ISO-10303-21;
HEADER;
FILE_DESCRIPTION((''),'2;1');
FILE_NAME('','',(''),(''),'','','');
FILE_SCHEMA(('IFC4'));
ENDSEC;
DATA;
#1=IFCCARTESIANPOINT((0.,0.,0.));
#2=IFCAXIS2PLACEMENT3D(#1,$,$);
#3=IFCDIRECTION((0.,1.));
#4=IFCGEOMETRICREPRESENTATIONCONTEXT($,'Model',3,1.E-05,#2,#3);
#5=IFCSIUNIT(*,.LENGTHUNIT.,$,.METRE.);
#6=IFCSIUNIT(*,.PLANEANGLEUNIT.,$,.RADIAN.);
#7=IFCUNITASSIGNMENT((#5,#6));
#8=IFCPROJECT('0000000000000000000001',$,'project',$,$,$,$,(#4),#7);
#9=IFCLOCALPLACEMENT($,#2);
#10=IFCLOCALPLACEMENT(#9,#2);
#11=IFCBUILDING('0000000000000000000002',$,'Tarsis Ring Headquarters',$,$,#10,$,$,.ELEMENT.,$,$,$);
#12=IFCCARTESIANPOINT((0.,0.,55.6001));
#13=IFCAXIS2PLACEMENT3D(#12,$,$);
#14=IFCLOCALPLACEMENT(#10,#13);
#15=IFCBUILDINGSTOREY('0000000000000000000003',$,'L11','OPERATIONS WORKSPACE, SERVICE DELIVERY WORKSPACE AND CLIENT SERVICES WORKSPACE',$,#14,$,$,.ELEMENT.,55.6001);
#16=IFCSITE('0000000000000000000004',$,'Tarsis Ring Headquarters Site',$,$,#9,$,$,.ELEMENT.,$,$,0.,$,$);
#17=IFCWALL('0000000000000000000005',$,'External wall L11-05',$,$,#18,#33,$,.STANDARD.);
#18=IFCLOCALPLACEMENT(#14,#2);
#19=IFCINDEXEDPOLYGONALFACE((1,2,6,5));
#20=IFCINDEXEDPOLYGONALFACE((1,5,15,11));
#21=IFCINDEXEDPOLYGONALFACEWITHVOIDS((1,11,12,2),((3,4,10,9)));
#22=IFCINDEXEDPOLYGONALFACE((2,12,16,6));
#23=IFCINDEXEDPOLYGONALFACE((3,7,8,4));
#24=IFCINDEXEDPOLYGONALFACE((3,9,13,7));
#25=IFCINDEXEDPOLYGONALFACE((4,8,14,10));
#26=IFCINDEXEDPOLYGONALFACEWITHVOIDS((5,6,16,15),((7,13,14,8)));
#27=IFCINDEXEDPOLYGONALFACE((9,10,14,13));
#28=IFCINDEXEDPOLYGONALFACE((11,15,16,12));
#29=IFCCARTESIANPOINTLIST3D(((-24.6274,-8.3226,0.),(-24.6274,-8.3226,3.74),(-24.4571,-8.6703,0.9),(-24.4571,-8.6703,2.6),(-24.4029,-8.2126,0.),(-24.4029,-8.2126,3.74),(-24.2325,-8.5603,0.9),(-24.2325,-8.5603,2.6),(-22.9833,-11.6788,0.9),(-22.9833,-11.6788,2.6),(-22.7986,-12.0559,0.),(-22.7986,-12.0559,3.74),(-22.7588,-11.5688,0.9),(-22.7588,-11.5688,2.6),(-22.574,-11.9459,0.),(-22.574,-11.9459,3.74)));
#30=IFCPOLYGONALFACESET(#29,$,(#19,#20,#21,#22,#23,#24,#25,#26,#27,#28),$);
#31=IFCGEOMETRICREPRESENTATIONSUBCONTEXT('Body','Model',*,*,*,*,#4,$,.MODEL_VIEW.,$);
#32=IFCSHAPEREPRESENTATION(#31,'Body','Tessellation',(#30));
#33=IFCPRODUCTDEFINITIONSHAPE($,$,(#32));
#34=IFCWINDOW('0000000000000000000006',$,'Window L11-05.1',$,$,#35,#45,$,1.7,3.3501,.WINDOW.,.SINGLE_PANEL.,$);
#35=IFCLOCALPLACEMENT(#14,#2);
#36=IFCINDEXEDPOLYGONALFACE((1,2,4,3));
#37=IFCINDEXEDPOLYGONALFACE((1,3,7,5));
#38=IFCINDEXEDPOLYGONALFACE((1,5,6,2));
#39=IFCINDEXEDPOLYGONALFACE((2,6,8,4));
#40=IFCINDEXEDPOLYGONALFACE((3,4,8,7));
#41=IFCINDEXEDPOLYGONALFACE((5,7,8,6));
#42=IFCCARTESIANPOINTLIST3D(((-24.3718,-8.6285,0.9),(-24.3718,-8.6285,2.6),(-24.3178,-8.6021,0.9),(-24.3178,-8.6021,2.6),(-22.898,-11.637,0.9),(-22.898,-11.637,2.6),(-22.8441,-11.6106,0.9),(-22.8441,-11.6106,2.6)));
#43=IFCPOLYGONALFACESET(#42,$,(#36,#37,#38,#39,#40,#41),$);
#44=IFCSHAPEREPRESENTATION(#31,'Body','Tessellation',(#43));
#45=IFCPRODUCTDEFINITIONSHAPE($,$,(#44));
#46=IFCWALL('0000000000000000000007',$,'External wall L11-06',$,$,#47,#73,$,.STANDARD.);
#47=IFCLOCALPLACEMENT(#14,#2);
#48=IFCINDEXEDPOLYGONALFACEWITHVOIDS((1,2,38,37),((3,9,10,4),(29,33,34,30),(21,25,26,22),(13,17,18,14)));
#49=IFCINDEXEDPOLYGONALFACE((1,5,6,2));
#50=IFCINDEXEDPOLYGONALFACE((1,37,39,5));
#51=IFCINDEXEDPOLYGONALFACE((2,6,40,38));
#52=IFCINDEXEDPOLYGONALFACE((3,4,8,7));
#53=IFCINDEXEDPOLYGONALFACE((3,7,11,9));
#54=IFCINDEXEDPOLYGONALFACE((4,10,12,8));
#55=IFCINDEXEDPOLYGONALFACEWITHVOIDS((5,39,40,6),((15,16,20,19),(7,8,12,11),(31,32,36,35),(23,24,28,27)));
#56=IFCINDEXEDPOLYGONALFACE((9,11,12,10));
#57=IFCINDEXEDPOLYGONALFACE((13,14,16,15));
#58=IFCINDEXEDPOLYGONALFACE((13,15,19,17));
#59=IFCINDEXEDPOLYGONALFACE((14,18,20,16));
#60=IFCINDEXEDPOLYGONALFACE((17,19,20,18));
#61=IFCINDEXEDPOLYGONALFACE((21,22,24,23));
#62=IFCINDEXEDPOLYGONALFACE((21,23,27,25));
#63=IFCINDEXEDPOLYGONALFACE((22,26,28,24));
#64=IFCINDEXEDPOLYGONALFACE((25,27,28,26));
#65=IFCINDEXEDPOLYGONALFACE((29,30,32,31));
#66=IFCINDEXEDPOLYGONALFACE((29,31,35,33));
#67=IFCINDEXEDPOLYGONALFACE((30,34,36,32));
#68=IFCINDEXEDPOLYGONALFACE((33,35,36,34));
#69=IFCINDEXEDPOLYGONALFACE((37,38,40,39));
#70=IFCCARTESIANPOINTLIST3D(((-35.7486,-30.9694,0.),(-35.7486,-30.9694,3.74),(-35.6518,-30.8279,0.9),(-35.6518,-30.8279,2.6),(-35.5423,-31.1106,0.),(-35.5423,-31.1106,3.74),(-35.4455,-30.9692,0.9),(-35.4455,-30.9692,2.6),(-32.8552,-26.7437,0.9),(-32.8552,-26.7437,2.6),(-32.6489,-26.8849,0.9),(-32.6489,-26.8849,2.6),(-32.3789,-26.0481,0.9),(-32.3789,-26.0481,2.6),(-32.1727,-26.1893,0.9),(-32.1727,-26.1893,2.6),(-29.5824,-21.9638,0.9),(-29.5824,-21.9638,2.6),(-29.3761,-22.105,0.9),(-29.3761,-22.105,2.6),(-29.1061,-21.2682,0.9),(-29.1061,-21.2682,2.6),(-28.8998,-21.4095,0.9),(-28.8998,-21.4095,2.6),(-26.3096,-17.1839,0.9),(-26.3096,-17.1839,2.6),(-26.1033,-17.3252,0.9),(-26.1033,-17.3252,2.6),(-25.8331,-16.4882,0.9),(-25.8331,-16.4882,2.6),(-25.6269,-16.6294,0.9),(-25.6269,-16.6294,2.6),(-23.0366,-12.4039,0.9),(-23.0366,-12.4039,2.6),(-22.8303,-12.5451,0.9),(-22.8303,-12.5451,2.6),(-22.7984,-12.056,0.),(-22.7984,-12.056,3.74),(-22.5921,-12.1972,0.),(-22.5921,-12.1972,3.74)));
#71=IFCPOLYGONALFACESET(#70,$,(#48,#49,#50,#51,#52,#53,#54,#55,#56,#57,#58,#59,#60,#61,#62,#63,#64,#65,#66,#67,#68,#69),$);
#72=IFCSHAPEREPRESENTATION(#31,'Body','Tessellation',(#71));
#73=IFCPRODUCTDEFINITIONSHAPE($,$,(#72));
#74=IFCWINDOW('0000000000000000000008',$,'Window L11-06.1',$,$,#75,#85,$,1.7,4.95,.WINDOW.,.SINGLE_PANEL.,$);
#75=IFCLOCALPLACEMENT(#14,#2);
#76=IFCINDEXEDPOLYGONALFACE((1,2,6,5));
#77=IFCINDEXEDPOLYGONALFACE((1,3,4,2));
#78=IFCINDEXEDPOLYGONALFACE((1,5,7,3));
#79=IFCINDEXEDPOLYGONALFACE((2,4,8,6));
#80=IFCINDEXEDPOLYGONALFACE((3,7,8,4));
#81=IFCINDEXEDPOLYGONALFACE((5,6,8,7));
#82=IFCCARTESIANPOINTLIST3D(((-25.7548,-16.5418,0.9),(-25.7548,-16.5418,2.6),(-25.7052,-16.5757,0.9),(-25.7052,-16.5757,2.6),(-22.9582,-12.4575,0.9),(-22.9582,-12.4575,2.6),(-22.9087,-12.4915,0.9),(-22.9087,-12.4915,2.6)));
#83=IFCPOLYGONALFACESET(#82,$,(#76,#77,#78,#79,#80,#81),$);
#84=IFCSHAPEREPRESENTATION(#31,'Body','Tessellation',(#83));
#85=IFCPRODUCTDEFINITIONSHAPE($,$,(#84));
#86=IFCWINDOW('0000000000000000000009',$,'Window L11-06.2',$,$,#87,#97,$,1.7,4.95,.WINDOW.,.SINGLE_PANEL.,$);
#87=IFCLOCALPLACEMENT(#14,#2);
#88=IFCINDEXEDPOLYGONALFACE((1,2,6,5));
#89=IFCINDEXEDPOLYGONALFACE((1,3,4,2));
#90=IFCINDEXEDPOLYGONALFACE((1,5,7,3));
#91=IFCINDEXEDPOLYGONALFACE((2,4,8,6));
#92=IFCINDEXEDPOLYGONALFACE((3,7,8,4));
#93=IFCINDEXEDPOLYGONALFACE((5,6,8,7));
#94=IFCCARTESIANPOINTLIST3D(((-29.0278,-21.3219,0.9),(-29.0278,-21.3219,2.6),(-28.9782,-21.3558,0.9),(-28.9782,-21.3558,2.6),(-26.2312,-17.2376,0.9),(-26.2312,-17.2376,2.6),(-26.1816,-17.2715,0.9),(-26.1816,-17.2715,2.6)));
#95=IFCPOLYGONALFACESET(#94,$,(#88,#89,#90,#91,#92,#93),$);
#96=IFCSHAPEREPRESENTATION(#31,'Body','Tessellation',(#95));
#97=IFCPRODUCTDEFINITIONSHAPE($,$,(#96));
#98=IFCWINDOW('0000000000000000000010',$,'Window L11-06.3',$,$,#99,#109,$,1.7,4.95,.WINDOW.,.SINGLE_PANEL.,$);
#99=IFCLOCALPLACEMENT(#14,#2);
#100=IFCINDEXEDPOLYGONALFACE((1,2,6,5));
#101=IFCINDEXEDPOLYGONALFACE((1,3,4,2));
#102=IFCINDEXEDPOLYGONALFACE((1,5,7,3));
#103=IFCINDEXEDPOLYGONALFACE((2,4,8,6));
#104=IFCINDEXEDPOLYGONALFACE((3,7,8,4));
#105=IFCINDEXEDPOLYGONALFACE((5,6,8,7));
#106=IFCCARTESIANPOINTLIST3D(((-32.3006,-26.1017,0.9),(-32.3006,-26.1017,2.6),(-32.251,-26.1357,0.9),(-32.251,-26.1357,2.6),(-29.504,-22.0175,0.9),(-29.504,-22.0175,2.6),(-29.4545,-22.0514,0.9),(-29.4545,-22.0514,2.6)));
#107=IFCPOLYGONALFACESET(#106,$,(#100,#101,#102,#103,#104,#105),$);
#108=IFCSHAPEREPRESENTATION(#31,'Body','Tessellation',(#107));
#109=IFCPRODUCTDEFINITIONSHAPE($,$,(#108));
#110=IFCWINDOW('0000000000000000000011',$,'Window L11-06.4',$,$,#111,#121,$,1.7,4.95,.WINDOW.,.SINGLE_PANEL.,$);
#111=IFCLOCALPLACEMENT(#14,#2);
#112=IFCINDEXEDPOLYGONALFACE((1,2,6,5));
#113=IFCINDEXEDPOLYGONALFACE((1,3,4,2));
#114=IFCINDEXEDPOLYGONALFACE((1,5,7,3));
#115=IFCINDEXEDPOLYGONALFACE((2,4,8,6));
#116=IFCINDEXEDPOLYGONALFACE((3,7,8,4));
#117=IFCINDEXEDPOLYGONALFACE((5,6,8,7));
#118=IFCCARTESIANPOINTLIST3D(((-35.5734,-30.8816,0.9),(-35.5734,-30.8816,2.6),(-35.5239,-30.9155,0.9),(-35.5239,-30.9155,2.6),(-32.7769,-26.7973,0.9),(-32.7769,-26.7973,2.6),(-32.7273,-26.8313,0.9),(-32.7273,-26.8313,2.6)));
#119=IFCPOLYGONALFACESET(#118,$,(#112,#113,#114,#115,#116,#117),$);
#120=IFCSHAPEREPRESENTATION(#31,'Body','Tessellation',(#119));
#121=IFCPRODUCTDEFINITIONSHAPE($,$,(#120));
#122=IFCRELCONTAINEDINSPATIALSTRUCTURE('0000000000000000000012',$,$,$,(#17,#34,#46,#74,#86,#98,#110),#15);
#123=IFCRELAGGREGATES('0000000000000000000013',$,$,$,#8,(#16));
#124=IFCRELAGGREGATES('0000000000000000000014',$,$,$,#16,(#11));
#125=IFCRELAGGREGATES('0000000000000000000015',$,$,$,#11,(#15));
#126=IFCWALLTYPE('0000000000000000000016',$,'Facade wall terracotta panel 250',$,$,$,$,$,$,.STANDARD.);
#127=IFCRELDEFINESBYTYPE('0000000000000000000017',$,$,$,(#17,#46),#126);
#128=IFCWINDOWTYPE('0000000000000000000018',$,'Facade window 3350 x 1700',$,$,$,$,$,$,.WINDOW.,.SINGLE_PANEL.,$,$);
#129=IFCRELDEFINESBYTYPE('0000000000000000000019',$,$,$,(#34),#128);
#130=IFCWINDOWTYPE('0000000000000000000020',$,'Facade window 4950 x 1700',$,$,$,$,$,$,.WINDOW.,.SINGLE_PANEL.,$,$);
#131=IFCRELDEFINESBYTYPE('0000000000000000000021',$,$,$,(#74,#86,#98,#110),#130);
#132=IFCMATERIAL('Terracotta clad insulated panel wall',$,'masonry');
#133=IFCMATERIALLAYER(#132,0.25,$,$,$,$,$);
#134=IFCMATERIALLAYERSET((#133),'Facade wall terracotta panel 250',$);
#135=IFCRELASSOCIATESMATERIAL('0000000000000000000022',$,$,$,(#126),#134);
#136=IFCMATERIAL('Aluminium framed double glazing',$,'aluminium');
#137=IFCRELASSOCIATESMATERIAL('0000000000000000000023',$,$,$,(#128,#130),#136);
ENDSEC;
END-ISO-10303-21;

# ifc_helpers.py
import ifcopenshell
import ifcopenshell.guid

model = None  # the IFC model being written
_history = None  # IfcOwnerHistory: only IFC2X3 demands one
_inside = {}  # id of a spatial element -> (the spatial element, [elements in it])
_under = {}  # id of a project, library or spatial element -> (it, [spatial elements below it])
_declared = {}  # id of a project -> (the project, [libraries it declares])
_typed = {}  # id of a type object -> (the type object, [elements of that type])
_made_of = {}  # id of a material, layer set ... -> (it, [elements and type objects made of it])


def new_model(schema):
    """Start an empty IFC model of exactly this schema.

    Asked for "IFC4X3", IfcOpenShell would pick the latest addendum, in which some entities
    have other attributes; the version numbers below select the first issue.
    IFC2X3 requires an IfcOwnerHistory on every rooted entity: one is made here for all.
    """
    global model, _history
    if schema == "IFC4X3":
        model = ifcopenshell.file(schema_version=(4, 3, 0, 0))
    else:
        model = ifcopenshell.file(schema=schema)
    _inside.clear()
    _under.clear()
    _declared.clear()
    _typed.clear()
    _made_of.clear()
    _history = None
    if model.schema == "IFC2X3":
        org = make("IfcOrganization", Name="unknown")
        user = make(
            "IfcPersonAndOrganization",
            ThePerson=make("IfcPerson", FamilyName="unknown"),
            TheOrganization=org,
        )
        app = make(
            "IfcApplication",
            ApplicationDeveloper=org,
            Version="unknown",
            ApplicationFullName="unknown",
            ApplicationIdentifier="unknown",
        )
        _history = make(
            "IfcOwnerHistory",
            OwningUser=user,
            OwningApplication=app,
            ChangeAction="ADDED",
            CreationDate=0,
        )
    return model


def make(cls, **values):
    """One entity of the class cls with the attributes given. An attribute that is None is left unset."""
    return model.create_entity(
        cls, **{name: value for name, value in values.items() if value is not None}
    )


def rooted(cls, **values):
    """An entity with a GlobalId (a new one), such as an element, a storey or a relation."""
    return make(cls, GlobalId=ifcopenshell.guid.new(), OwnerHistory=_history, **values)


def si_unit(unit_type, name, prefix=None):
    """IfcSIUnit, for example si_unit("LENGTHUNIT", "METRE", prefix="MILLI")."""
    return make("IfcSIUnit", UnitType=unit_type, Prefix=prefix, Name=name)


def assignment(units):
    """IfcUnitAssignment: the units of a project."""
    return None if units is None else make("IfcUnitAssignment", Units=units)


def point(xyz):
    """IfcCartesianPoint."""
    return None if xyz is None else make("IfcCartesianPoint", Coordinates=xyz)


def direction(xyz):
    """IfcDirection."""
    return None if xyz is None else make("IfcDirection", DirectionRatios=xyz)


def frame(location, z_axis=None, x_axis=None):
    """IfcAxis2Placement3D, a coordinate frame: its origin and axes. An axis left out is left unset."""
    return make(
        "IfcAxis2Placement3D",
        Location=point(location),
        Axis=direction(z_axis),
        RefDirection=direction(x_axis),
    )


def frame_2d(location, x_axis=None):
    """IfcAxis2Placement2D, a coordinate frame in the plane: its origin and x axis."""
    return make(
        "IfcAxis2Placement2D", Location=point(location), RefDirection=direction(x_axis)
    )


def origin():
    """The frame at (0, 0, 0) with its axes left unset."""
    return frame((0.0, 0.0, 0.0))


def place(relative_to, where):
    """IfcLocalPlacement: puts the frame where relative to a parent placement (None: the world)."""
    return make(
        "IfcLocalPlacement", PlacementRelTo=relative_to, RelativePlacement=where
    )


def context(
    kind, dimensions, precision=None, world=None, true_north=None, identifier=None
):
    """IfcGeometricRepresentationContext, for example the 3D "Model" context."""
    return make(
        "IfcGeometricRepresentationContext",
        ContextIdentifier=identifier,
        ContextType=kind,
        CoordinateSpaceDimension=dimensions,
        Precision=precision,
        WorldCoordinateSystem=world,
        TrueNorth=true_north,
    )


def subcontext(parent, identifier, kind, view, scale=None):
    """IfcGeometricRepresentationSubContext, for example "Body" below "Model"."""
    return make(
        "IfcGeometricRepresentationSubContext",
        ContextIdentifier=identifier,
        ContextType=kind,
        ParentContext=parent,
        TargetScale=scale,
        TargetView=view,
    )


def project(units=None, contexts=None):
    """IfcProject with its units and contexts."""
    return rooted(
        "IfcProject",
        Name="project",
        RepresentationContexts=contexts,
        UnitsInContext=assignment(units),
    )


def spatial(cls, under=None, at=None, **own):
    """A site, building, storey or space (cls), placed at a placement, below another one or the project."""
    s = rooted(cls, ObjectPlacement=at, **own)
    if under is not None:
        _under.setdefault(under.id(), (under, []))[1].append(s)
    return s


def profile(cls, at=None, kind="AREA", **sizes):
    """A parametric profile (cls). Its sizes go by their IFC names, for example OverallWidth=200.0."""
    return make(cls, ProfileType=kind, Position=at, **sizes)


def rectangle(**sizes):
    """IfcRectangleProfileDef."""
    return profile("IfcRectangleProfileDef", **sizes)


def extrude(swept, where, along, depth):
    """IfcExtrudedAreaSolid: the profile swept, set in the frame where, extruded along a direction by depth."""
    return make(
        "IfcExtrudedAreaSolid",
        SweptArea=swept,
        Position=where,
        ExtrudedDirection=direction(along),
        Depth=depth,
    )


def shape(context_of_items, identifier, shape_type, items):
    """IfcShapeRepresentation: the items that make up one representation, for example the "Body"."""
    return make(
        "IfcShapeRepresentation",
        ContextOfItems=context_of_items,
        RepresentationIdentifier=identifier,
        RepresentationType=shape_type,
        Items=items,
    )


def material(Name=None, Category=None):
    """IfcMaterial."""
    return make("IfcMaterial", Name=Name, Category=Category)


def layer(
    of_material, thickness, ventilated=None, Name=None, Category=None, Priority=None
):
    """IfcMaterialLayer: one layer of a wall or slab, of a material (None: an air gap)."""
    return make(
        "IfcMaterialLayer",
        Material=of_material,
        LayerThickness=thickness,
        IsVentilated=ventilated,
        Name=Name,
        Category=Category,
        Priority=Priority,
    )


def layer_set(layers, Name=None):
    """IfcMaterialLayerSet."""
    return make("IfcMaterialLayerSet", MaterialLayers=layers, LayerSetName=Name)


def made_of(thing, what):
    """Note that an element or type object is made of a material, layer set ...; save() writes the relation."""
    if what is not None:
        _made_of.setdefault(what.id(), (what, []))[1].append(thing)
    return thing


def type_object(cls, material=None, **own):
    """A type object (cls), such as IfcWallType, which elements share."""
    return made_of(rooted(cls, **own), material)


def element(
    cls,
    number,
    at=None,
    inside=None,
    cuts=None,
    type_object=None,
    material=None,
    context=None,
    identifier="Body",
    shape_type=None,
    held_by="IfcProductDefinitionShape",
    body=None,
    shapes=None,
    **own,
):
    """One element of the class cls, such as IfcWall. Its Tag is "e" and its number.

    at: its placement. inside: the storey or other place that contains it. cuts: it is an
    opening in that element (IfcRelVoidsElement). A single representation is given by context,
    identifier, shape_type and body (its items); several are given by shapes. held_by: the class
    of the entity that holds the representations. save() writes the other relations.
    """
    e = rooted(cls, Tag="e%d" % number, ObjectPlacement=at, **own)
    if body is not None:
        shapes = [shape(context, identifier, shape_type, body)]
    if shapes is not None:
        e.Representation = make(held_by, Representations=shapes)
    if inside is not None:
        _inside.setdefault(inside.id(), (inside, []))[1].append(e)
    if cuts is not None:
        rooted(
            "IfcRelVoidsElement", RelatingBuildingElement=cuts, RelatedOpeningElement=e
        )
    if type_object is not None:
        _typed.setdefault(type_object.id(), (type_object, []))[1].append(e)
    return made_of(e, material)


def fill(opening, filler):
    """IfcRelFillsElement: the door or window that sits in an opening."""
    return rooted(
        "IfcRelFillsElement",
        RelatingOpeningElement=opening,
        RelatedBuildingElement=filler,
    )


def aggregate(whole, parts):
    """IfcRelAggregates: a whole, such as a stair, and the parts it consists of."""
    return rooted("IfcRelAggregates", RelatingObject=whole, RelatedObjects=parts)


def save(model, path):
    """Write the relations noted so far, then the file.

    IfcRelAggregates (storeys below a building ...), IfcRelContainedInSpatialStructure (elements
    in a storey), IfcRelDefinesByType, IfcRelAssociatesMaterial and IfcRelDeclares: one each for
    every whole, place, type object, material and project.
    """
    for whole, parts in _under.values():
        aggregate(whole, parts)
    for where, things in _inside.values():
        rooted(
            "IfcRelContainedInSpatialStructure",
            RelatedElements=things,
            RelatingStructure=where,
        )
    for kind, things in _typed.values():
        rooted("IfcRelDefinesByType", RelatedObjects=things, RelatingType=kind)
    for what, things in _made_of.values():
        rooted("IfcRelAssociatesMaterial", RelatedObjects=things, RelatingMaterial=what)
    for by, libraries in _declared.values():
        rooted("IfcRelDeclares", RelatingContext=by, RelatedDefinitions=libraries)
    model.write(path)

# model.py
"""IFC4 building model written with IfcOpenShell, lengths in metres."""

from ifc_helpers import new_model, si_unit, direction, frame, frame_2d, origin, place, context, subcontext, project, spatial, rectangle, extrude, material, layer, layer_set, type_object, element, fill, save


model = new_model("IFC4")

# Units and contexts
model_context = context("Model", 3, precision=1e-05, world=origin(), true_north=direction((0.0, 1.0)))
body_context = subcontext(model_context, "Body", "Model", "MODEL_VIEW")
ifc_project = project(units=[si_unit("LENGTHUNIT", "METRE"), si_unit("PLANEANGLEUNIT", "RADIAN")], contexts=[model_context])

# Site, building, storey
site_placement = place(None, origin())
site = spatial("IfcSite", under=ifc_project, at=site_placement, Name="Tarsis Ring Headquarters Site", CompositionType="ELEMENT", RefElevation=0.0)
building_placement = place(site_placement, origin())
building = spatial("IfcBuilding", under=site, at=building_placement, Name="Tarsis Ring Headquarters", CompositionType="ELEMENT")
storey_placement = place(building_placement, frame((0.0, 0.0, 55.6001)))
storey = spatial("IfcBuildingStorey", under=building, at=storey_placement, Name="L11", Description="OPERATIONS WORKSPACE, SERVICE DELIVERY WORKSPACE AND CLIENT SERVICES WORKSPACE", CompositionType="ELEMENT", Elevation=55.6001)

# Wall, opening, window
ifc_material_1 = material(Name="Terracotta clad insulated panel wall", Category="masonry")
ifc_layer_1 = layer(ifc_material_1, 0.25)
ifc_layer_set_1 = layer_set([ifc_layer_1], Name="Facade wall terracotta panel 250")
wall_type_1 = type_object("IfcWallType", Name="Facade wall terracotta panel 250", PredefinedType="STANDARD", material=ifc_layer_set_1)
ifc_material_2 = material(Name="Aluminium framed double glazing", Category="aluminium")
wall_1_placement = place(storey_placement, frame((-24.5151, -8.2676, 0.0), z_axis=(0.0, 0.0, 1.0), x_axis=(0.439917, -0.898039, 0.0)))
wall_1 = element("IfcWall", 1, at=wall_1_placement, inside=storey, type_object=wall_type_1, Name="External wall L11-05", PredefinedType="STANDARD", context=body_context, shape_type="SweptSolid", body=[
    extrude(rectangle(XDim=4.1572, YDim=0.25, at=frame_2d((2.0786, 0.0))), origin(), (0.0, 0.0, 1.0), 3.74),
])
opening_1_placement = place(wall_1_placement, frame((0.3872, 0.0, 0.8999)))
opening_1 = element("IfcOpeningElement", 2, at=opening_1_placement, cuts=wall_1, PredefinedType="OPENING", context=body_context, shape_type="SweptSolid", body=[
    extrude(rectangle(XDim=3.3501, YDim=1.7, at=frame_2d((1.675, 0.8501))), frame((0.0, 0.135, 0.0), z_axis=(0.0, -1.0, 0.0), x_axis=(1.0, 0.0, 0.0)), (0.0, 0.0, 1.0), 0.27),
])
window_type_1 = type_object("IfcWindowType", Name="Facade window 3350 x 1700", PartitioningType="SINGLE_PANEL", PredefinedType="WINDOW", material=ifc_material_2)
window_1_placement = place(opening_1_placement, origin())
window_1 = element("IfcWindow", 3, at=window_1_placement, inside=storey, type_object=window_type_1, Name="Window L11-05.1", OverallHeight=1.7, OverallWidth=3.3501, PartitioningType="SINGLE_PANEL", PredefinedType="WINDOW", context=body_context, shape_type="SweptSolid", body=[
    extrude(rectangle(XDim=3.3501, YDim=1.7, at=frame_2d((1.675, 0.8501))), frame((0.0, 0.03, 0.0), z_axis=(0.0, -1.0, 0.0), x_axis=(1.0, 0.0, 0.0)), (0.0, 0.0, 1.0), 0.0601),
])
fill(opening_1, window_1)

# Wall, openings, windows
wall_2_placement = place(storey_placement, frame((-22.6953, -12.1267, 0.0), z_axis=(0.0, 0.0, 1.0), x_axis=(-0.564966, -0.825114, 0.0)))
wall_2 = element("IfcWall", 4, at=wall_2_placement, inside=storey, type_object=wall_type_1, Name="External wall L11-06", PredefinedType="STANDARD", context=body_context, shape_type="SweptSolid", body=[
    extrude(rectangle(XDim=22.9221, YDim=0.25, at=frame_2d((11.4609, 0.0))), origin(), (0.0, 0.0, 1.0), 3.74),
])
opening_2_placement = place(wall_2_placement, frame((0.4214, 0.0, 0.8999)))
opening_2 = element("IfcOpeningElement", 5, at=opening_2_placement, cuts=wall_2, PredefinedType="OPENING", context=body_context, shape_type="SweptSolid", body=[
    extrude(rectangle(XDim=4.95, YDim=1.7, at=frame_2d((2.4751, 0.8501))), frame((0.0, 0.135, 0.0), z_axis=(0.0, -1.0, 0.0), x_axis=(1.0, 0.0, 0.0)), (0.0, 0.0, 1.0), 0.27),
])
opening_3_placement = place(wall_2_placement, frame((6.2146, 0.0, 0.8999)))
opening_3 = element("IfcOpeningElement", 6, at=opening_3_placement, cuts=wall_2, PredefinedType="OPENING", context=body_context, shape_type="SweptSolid", body=[
    extrude(rectangle(XDim=4.95, YDim=1.7, at=frame_2d((2.4751, 0.8501))), frame((0.0, 0.135, 0.0), z_axis=(0.0, -1.0, 0.0), x_axis=(1.0, 0.0, 0.0)), (0.0, 0.0, 1.0), 0.27),
])
opening_4_placement = place(wall_2_placement, frame((12.0076, 0.0, 0.8999)))
opening_4 = element("IfcOpeningElement", 7, at=opening_4_placement, cuts=wall_2, PredefinedType="OPENING", context=body_context, shape_type="SweptSolid", body=[
    extrude(rectangle(XDim=4.95, YDim=1.7, at=frame_2d((2.4751, 0.8501))), frame((0.0, 0.135, 0.0), z_axis=(0.0, -1.0, 0.0), x_axis=(1.0, 0.0, 0.0)), (0.0, 0.0, 1.0), 0.27),
])
opening_5_placement = place(wall_2_placement, frame((17.8005, 0.0, 0.8999)))
opening_5 = element("IfcOpeningElement", 8, at=opening_5_placement, cuts=wall_2, PredefinedType="OPENING", context=body_context, shape_type="SweptSolid", body=[
    extrude(rectangle(XDim=4.95, YDim=1.7, at=frame_2d((2.4751, 0.8501))), frame((0.0, 0.135, 0.0), z_axis=(0.0, -1.0, 0.0), x_axis=(1.0, 0.0, 0.0)), (0.0, 0.0, 1.0), 0.27),
])
window_type_2 = type_object("IfcWindowType", Name="Facade window 4950 x 1700", PartitioningType="SINGLE_PANEL", PredefinedType="WINDOW", material=ifc_material_2)
window_2_placement = place(opening_2_placement, origin())
window_2 = element("IfcWindow", 9, at=window_2_placement, inside=storey, type_object=window_type_2, Name="Window L11-06.1", OverallHeight=1.7, OverallWidth=4.95, PartitioningType="SINGLE_PANEL", PredefinedType="WINDOW", context=body_context, shape_type="SweptSolid", body=[
    extrude(rectangle(XDim=4.95, YDim=1.7, at=frame_2d((2.4751, 0.8501))), frame((0.0, 0.03, 0.0), z_axis=(0.0, -1.0, 0.0), x_axis=(1.0, 0.0, 0.0)), (0.0, 0.0, 1.0), 0.0601),
])
fill(opening_2, window_2)
window_3_placement = place(opening_3_placement, origin())
window_3 = element("IfcWindow", 10, at=window_3_placement, inside=storey, type_object=window_type_2, Name="Window L11-06.2", OverallHeight=1.7, OverallWidth=4.95, PartitioningType="SINGLE_PANEL", PredefinedType="WINDOW", context=body_context, shape_type="SweptSolid", body=[
    extrude(rectangle(XDim=4.95, YDim=1.7, at=frame_2d((2.4751, 0.8501))), frame((0.0, 0.03, 0.0), z_axis=(0.0, -1.0, 0.0), x_axis=(1.0, 0.0, 0.0)), (0.0, 0.0, 1.0), 0.0601),
])
fill(opening_3, window_3)
window_4_placement = place(opening_4_placement, origin())
window_4 = element("IfcWindow", 11, at=window_4_placement, inside=storey, type_object=window_type_2, Name="Window L11-06.3", OverallHeight=1.7, OverallWidth=4.95, PartitioningType="SINGLE_PANEL", PredefinedType="WINDOW", context=body_context, shape_type="SweptSolid", body=[
    extrude(rectangle(XDim=4.95, YDim=1.7, at=frame_2d((2.4751, 0.8501))), frame((0.0, 0.03, 0.0), z_axis=(0.0, -1.0, 0.0), x_axis=(1.0, 0.0, 0.0)), (0.0, 0.0, 1.0), 0.0601),
])
fill(opening_4, window_4)
window_5_placement = place(opening_5_placement, origin())
window_5 = element("IfcWindow", 12, at=window_5_placement, inside=storey, type_object=window_type_2, Name="Window L11-06.4", OverallHeight=1.7, OverallWidth=4.95, PartitioningType="SINGLE_PANEL", PredefinedType="WINDOW", context=body_context, shape_type="SweptSolid", body=[
    extrude(rectangle(XDim=4.95, YDim=1.7, at=frame_2d((2.4751, 0.8501))), frame((0.0, 0.03, 0.0), z_axis=(0.0, -1.0, 0.0), x_axis=(1.0, 0.0, 0.0)), (0.0, 0.0, 1.0), 0.0601),
])
fill(opening_5, window_5)

save(model, "model.ifc")
